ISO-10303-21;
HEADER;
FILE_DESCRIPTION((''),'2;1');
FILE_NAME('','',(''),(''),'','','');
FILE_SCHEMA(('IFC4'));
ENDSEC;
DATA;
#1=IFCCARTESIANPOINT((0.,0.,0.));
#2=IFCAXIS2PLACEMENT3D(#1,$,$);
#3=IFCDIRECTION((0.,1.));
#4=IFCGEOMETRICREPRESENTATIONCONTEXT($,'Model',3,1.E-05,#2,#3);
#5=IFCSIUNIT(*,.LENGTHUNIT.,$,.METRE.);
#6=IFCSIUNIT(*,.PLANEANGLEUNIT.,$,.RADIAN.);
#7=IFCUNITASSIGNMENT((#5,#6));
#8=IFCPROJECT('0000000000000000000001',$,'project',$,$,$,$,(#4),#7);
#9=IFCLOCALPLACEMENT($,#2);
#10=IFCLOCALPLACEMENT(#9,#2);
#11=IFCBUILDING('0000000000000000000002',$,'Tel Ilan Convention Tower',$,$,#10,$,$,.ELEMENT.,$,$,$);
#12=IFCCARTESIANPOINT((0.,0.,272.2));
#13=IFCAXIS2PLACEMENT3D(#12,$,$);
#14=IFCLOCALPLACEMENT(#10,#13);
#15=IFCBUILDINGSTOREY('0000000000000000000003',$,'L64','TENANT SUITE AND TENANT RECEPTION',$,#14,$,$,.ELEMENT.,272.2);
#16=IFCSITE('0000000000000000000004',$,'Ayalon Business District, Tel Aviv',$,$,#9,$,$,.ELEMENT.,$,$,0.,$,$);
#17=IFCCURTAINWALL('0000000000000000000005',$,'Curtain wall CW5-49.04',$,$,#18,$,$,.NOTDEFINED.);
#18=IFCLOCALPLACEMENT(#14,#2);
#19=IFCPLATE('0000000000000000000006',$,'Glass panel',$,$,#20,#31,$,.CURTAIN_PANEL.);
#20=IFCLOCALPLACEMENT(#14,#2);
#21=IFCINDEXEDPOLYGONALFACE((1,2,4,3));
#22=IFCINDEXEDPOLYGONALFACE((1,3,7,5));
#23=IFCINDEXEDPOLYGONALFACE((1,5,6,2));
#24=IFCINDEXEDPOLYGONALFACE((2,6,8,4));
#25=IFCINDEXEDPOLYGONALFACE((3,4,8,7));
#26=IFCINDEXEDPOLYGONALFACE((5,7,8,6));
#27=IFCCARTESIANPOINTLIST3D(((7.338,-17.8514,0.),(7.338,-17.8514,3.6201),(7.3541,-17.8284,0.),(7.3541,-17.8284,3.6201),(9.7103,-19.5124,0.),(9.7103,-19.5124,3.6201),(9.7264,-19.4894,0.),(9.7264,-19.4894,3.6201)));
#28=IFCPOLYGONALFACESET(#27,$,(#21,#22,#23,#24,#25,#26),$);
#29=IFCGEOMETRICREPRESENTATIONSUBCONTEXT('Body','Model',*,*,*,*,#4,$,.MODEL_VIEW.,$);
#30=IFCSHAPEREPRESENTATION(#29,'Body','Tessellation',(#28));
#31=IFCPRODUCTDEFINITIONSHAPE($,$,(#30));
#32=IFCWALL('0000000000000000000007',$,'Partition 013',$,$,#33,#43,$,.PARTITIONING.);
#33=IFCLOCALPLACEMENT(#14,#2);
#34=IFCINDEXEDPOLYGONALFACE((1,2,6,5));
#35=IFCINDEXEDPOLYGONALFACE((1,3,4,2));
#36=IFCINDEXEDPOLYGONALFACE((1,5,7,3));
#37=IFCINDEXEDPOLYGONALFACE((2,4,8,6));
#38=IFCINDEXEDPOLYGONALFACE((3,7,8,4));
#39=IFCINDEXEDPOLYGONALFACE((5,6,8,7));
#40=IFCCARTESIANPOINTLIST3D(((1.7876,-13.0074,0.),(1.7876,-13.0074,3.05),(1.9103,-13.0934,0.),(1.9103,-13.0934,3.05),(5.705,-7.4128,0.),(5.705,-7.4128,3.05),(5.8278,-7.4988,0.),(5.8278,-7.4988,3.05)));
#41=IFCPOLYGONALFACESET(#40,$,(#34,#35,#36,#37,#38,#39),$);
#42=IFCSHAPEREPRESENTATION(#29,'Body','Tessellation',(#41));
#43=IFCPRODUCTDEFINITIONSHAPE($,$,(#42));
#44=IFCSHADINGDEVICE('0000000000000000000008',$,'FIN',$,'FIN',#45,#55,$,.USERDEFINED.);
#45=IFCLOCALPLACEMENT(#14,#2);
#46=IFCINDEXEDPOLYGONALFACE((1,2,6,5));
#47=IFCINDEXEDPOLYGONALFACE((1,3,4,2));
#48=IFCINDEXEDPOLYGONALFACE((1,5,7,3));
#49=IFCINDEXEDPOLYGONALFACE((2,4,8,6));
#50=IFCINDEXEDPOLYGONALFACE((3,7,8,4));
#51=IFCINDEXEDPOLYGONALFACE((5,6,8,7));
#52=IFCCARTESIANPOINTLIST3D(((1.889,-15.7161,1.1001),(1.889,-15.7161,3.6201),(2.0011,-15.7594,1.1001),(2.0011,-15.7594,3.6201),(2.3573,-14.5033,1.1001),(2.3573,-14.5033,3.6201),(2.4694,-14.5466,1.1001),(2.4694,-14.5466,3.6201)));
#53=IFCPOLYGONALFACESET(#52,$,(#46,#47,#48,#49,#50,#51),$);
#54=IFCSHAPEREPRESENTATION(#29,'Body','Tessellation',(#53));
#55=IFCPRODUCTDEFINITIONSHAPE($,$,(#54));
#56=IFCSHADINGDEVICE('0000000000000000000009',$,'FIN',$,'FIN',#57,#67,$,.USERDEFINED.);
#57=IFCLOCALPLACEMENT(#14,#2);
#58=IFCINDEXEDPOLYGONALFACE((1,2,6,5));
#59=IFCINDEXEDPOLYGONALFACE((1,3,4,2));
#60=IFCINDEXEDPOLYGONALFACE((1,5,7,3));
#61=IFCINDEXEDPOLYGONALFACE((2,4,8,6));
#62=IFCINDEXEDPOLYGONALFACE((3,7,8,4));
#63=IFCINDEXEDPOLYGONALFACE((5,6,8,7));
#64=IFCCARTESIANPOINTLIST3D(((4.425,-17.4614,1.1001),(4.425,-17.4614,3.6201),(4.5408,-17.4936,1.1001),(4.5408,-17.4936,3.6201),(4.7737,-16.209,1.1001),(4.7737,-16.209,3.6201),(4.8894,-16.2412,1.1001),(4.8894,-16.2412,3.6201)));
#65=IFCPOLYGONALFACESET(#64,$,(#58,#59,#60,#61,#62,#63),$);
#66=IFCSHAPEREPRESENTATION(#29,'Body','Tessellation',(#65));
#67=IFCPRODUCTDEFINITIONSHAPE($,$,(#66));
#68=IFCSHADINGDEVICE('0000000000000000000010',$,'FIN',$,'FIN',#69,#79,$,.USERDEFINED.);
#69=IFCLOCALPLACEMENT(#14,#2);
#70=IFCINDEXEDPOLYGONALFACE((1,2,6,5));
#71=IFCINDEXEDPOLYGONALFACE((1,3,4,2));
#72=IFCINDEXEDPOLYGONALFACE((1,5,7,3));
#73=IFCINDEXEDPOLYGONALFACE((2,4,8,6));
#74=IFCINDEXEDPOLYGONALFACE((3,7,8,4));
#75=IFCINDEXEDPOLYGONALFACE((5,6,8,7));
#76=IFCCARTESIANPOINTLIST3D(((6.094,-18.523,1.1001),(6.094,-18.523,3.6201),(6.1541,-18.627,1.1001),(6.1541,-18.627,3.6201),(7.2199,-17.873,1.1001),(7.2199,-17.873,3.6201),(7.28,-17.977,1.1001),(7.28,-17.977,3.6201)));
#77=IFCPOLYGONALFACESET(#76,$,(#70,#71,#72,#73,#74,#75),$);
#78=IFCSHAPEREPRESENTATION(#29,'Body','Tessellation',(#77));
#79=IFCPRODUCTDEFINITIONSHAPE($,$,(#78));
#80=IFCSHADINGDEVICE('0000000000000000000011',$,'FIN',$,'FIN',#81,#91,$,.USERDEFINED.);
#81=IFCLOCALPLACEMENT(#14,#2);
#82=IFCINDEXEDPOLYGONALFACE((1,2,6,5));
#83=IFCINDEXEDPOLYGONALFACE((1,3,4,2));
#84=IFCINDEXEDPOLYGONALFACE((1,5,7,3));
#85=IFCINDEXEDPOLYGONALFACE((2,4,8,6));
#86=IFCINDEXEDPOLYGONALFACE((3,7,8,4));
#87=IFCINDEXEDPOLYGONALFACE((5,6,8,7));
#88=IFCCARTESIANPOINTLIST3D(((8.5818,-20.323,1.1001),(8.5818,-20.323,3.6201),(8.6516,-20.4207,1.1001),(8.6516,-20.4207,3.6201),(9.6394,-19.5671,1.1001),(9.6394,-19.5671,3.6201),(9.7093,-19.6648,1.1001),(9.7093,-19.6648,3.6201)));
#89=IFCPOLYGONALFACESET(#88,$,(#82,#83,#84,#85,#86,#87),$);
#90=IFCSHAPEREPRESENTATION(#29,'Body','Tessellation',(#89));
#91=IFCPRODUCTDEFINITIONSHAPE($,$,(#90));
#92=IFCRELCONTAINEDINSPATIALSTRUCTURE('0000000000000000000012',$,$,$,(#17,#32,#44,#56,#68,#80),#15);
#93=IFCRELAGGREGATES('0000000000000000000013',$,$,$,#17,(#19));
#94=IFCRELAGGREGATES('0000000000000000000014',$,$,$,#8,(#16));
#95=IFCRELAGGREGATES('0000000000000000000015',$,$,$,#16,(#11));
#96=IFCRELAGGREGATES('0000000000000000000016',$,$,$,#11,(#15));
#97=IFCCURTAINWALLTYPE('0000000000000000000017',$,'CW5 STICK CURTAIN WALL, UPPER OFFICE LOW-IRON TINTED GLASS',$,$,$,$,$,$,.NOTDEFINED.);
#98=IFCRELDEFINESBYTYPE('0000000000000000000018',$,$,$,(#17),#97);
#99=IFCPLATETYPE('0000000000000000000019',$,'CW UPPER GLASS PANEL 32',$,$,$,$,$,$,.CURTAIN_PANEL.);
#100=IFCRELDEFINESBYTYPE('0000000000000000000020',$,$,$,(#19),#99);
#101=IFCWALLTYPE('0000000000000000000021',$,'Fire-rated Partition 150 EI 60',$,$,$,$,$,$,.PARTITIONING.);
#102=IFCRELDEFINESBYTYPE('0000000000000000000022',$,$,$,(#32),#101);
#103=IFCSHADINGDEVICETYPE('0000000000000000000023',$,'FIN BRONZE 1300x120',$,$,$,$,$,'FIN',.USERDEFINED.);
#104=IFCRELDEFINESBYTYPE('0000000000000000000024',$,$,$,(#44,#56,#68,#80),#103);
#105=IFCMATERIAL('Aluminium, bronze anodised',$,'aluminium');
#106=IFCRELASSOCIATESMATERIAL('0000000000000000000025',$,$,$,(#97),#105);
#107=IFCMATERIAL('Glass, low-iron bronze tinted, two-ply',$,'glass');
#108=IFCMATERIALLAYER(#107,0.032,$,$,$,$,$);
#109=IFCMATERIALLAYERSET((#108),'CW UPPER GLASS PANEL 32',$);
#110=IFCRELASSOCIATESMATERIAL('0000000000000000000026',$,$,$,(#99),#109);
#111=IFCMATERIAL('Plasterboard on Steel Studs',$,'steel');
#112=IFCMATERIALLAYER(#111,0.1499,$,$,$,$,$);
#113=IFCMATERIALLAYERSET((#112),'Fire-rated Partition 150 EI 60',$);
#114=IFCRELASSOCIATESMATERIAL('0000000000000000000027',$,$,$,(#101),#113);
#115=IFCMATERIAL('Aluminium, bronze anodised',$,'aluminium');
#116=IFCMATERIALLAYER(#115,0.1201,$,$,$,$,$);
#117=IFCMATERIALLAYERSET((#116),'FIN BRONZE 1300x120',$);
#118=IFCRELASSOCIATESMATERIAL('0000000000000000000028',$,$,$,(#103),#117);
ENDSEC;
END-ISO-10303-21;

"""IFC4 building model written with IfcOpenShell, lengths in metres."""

from ifc_helpers import new_model, si_unit, direction, frame, frame_2d, origin, origin_2d, place, context, subcontext, project, spatial, rectangle, extrude, material, layer, layer_set, type_object, element, aggregate, save


model = new_model("IFC4")

# Units and contexts
model_context = context("Model", 3, precision=1e-05, world=origin(), true_north=direction((0.0, 1.0)))
body_context = subcontext(model_context, "Body", "Model", "MODEL_VIEW")
ifc_project = project(units=[si_unit("LENGTHUNIT", "METRE"), si_unit("PLANEANGLEUNIT", "RADIAN")], contexts=[model_context])

# Site, building, storey
site_placement = place(None, origin())
site = spatial("IfcSite", under=ifc_project, at=site_placement, Name="Ayalon Business District, Tel Aviv", CompositionType="ELEMENT", RefElevation=0.0)
building_placement = place(site_placement, origin())
building = spatial("IfcBuilding", under=site, at=building_placement, Name="Tel Ilan Convention Tower", CompositionType="ELEMENT")
storey_placement = place(building_placement, frame((0.0, 0.0, 272.2)))
storey = spatial("IfcBuildingStorey", under=building, at=storey_placement, Name="L64", Description="TENANT SUITE AND TENANT RECEPTION", CompositionType="ELEMENT", Elevation=272.2)

# Curtain wall, plate
ifc_material_1 = material(Name="Aluminium, bronze anodised", Category="aluminium")
curtain_wall_type = type_object("IfcCurtainWallType", Name="CW5 STICK CURTAIN WALL, UPPER OFFICE LOW-IRON TINTED GLASS", PredefinedType="NOTDEFINED", material=ifc_material_1)
curtain_wall_placement = place(storey_placement, origin())
curtain_wall = element("IfcCurtainWall", 1, at=curtain_wall_placement, inside=storey, type_object=curtain_wall_type, Name="Curtain wall CW5-49.04", PredefinedType="NOTDEFINED")
ifc_material_2 = material(Name="Glass, low-iron bronze tinted, two-ply", Category="glass")
ifc_layer_1 = layer(ifc_material_2, 0.032)
ifc_layer_set_1 = layer_set([ifc_layer_1], Name="CW UPPER GLASS PANEL 32")
plate_type = type_object("IfcPlateType", Name="CW UPPER GLASS PANEL 32", PredefinedType="CURTAIN_PANEL", material=ifc_layer_set_1)
plate_1_placement = place(storey_placement, frame((8.5322, -18.6704, 0.0), z_axis=(0.0, 0.0, 1.0), x_axis=(0.819152, -0.573576, 0.0)))
plate_1 = element("IfcPlate", 2, at=plate_1_placement, type_object=plate_type, Name="Glass panel", PredefinedType="CURTAIN_PANEL", context=body_context, shape_type="SweptSolid", body=[
    extrude(rectangle(XDim=2.896, YDim=0.0281, at=origin_2d()), origin(), (0.0, 0.0, 1.0), 3.6201),
])
aggregate(curtain_wall, [plate_1])

# Wall
ifc_material_3 = material(Name="Plasterboard on Steel Studs", Category="steel")
ifc_layer_2 = layer(ifc_material_3, 0.1499)
ifc_layer_set_2 = layer_set([ifc_layer_2], Name="Fire-rated Partition 150 EI 60")
wall_type = type_object("IfcWallType", Name="Fire-rated Partition 150 EI 60", PredefinedType="PARTITIONING", material=ifc_layer_set_2)
wall_placement = place(storey_placement, frame((1.8489, -13.0505, 0.0), z_axis=(0.0, 0.0, 1.0), x_axis=(0.573577, 0.819151, 0.0)))
element("IfcWall", 3, at=wall_placement, inside=storey, type_object=wall_type, Name="Partition 013", PredefinedType="PARTITIONING", context=body_context, shape_type="SweptSolid", body=[
    extrude(rectangle(XDim=6.8298, YDim=0.1499, at=frame_2d((3.415, 0.0))), origin(), (0.0, 0.0, 1.0), 3.05),
])

# Shading devices
ifc_material_4 = material(Name="Aluminium, bronze anodised", Category="aluminium")
ifc_layer_3 = layer(ifc_material_4, 0.1201)
ifc_layer_set_3 = layer_set([ifc_layer_3], Name="FIN BRONZE 1300x120")
shading_device_type = type_object("IfcShadingDeviceType", Name="FIN BRONZE 1300x120", ElementType="FIN", PredefinedType="USERDEFINED", material=ifc_layer_set_3)
for number, where, z_axis, x_axis, name in (
    (4, (2.1792, -15.1313, 1.1001), (0.0, 0.0, 1.0), (-0.360178, -0.932884, 0.0), "FIN"),
    (5, (4.6572, -16.8513, 1.1001), (0.0, 0.0, 1.0), (-0.268173, -0.963371, 0.0), "FIN"),
    (6, (6.687, -18.25, 1.1001), (0.0, 0.0, 1.0), (-0.866025, -0.5, 0.0), "FIN"),
    (7, (9.1455, -19.9939, 1.1001), (0.0, 0.0, 1.0), (-0.813552, -0.581492, 0.0), "FIN"),
):
    element("IfcShadingDevice", number, at=place(storey_placement, frame(where, z_axis=z_axis, x_axis=x_axis)), inside=storey, type_object=shading_device_type, Name=name, ObjectType="FIN", PredefinedType="USERDEFINED", context=body_context, shape_type="SweptSolid", body=[
        extrude(rectangle(XDim=1.3, YDim=0.1201, at=origin_2d()), origin(), (0.0, 0.0, 1.0), 2.52),
    ])

save(model, "model.ifc")
